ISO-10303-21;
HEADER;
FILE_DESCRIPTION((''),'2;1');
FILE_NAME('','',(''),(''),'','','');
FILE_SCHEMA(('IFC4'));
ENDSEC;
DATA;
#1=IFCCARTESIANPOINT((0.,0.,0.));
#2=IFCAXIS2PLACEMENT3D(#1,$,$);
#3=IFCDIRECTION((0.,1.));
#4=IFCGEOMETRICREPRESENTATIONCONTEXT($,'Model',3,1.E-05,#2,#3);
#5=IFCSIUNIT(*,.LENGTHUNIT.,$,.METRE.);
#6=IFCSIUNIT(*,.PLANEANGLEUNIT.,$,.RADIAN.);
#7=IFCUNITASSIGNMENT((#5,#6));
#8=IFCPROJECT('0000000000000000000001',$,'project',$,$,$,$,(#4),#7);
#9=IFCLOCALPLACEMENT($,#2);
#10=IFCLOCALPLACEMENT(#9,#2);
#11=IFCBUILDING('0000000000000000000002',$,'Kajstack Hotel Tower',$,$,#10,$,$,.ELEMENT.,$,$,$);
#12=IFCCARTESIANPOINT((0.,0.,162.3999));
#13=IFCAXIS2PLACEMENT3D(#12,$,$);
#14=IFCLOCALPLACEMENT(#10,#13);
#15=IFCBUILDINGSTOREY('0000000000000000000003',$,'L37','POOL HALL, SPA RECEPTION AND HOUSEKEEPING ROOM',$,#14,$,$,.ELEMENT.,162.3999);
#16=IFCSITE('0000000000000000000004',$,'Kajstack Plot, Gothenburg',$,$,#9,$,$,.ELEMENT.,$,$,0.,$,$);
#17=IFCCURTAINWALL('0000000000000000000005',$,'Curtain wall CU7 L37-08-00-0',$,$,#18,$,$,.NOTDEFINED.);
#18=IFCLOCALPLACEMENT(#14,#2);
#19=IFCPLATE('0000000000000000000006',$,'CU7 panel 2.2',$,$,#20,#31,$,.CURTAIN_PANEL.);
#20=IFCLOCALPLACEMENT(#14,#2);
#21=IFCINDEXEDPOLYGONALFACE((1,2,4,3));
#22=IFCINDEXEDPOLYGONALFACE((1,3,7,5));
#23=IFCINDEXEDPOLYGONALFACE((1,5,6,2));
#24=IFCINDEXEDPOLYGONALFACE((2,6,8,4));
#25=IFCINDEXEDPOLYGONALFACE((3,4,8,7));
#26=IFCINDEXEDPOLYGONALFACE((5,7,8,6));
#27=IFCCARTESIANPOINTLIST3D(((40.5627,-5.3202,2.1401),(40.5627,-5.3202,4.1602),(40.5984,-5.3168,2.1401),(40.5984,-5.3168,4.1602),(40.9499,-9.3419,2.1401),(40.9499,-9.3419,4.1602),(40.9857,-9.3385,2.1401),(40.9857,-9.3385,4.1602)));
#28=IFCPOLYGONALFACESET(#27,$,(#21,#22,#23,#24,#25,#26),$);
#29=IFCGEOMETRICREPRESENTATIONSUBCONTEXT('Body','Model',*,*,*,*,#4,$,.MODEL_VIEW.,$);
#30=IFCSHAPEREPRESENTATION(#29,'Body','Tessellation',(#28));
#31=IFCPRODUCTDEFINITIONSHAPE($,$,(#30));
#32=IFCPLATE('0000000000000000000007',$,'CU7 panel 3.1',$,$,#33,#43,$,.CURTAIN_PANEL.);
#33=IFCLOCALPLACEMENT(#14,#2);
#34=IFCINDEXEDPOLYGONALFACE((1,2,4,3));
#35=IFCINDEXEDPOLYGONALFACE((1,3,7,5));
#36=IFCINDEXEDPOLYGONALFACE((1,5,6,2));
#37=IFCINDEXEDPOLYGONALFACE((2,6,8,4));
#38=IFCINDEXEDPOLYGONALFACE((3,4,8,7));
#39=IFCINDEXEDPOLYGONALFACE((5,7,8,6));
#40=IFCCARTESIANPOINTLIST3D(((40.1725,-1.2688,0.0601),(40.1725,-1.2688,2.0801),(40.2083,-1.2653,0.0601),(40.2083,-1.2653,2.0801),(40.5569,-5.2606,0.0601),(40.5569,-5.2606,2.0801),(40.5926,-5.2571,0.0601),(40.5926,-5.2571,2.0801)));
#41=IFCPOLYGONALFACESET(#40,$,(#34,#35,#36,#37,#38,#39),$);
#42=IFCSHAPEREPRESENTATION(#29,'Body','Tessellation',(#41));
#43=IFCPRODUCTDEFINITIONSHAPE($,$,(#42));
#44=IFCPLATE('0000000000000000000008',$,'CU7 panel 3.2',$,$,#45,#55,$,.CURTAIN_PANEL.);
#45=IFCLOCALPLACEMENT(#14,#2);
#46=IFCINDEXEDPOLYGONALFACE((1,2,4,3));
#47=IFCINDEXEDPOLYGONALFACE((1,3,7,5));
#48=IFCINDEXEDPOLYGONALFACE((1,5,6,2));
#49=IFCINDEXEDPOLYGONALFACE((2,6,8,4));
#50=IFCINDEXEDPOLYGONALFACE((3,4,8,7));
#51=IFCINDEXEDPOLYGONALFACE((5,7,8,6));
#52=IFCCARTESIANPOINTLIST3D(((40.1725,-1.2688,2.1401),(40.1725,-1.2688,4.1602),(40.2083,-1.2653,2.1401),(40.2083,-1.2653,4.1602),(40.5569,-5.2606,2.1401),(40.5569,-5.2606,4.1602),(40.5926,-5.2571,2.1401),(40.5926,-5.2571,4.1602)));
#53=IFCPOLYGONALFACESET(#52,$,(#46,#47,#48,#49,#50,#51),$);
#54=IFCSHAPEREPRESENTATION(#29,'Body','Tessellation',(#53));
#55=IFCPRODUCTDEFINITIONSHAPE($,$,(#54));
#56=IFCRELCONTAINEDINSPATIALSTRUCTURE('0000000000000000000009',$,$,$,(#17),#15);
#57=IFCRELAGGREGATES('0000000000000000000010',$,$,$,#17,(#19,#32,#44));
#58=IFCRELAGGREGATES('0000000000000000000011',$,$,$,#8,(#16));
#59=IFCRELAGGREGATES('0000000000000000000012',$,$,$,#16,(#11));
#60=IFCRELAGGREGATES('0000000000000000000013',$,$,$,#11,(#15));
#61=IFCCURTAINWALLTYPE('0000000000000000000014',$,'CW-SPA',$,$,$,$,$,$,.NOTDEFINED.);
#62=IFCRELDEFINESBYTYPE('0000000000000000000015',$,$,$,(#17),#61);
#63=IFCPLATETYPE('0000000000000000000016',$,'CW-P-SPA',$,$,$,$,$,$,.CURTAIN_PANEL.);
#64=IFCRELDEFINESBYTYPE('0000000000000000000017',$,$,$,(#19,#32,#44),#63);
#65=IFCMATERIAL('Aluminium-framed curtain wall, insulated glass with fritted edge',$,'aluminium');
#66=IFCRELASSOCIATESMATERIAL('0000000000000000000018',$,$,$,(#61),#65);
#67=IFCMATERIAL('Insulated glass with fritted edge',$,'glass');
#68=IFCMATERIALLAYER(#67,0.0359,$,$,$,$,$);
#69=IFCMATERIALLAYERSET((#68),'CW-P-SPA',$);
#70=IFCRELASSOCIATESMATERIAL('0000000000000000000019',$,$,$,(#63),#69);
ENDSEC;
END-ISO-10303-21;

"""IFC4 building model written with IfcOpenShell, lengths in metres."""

from ifc_helpers import new_model, si_unit, direction, frame, origin, origin_2d, place, context, subcontext, project, spatial, rectangle, extrude, material, layer, layer_set, type_object, element, aggregate, save


model = new_model("IFC4")

# Units and contexts
model_context = context("Model", 3, precision=1e-05, world=origin(), true_north=direction((0.0, 1.0)))
body_context = subcontext(model_context, "Body", "Model", "MODEL_VIEW")
ifc_project = project(units=[si_unit("LENGTHUNIT", "METRE"), si_unit("PLANEANGLEUNIT", "RADIAN")], contexts=[model_context])

# Site, building, storey
site_placement = place(None, origin())
site = spatial("IfcSite", under=ifc_project, at=site_placement, Name="Kajstack Plot, Gothenburg", CompositionType="ELEMENT", RefElevation=0.0)
building_placement = place(site_placement, origin())
building = spatial("IfcBuilding", under=site, at=building_placement, Name="Kajstack Hotel Tower", CompositionType="ELEMENT")
storey_placement = place(building_placement, frame((0.0, 0.0, 162.3999)))
storey = spatial("IfcBuildingStorey", under=building, at=storey_placement, Name="L37", Description="POOL HALL, SPA RECEPTION AND HOUSEKEEPING ROOM", CompositionType="ELEMENT", Elevation=162.3999)

# Shared definitions
ifc_material_1 = material(Name="Aluminium-framed curtain wall, insulated glass with fritted edge", Category="aluminium")
curtain_wall_type = type_object("IfcCurtainWallType", Name="CW-SPA", PredefinedType="NOTDEFINED", material=ifc_material_1)

# Curtain wall
curtain_wall_1_placement = place(storey_placement, origin())
curtain_wall_1 = element("IfcCurtainWall", 1, at=curtain_wall_1_placement, inside=storey, type_object=curtain_wall_type, Name="Curtain wall CU7 L37-08-00-0", PredefinedType="NOTDEFINED")

# Plates
ifc_material_2 = material(Name="Insulated glass with fritted edge", Category="glass")
ifc_layer = layer(ifc_material_2, 0.0359)
ifc_layer_set = layer_set([ifc_layer], Name="CW-P-SPA")
plate_type = type_object("IfcPlateType", Name="CW-P-SPA", PredefinedType="CURTAIN_PANEL", material=ifc_layer_set)
plate_1_placement = place(storey_placement, frame((40.7742, -7.3293, 2.1401), z_axis=(0.0, 0.0, 1.0), x_axis=(-0.095844, 0.995396, 0.0)))
plate_1 = element("IfcPlate", 2, at=plate_1_placement, type_object=plate_type, Name="CU7 panel 2.2", PredefinedType="CURTAIN_PANEL", context=body_context, shape_type="SweptSolid", body=[
    extrude(rectangle(XDim=4.0403, YDim=0.0359, at=origin_2d()), origin(), (0.0, 0.0, 1.0), 2.02),
])
plate_2_placement = place(storey_placement, frame((40.3826, -3.2629, 0.0601), z_axis=(0.0, 0.0, 1.0), x_axis=(-0.095844, 0.995396, 0.0)))
plate_2 = element("IfcPlate", 3, at=plate_2_placement, type_object=plate_type, Name="CU7 panel 3.1", PredefinedType="CURTAIN_PANEL", context=body_context, shape_type="SweptSolid", body=[
    extrude(rectangle(XDim=4.0103, YDim=0.0359, at=origin_2d()), origin(), (0.0, 0.0, 1.0), 2.02),
])
plate_3_placement = place(storey_placement, frame((40.3826, -3.2629, 2.1401), z_axis=(0.0, 0.0, 1.0), x_axis=(-0.095844, 0.995396, 0.0)))
plate_3 = element("IfcPlate", 4, at=plate_3_placement, type_object=plate_type, Name="CU7 panel 3.2", PredefinedType="CURTAIN_PANEL", context=body_context, shape_type="SweptSolid", body=[
    extrude(rectangle(XDim=4.0103, YDim=0.0359, at=origin_2d()), origin(), (0.0, 0.0, 1.0), 2.02),
])
aggregate(curtain_wall_1, [plate_1, plate_2, plate_3])

save(model, "model.ifc")
